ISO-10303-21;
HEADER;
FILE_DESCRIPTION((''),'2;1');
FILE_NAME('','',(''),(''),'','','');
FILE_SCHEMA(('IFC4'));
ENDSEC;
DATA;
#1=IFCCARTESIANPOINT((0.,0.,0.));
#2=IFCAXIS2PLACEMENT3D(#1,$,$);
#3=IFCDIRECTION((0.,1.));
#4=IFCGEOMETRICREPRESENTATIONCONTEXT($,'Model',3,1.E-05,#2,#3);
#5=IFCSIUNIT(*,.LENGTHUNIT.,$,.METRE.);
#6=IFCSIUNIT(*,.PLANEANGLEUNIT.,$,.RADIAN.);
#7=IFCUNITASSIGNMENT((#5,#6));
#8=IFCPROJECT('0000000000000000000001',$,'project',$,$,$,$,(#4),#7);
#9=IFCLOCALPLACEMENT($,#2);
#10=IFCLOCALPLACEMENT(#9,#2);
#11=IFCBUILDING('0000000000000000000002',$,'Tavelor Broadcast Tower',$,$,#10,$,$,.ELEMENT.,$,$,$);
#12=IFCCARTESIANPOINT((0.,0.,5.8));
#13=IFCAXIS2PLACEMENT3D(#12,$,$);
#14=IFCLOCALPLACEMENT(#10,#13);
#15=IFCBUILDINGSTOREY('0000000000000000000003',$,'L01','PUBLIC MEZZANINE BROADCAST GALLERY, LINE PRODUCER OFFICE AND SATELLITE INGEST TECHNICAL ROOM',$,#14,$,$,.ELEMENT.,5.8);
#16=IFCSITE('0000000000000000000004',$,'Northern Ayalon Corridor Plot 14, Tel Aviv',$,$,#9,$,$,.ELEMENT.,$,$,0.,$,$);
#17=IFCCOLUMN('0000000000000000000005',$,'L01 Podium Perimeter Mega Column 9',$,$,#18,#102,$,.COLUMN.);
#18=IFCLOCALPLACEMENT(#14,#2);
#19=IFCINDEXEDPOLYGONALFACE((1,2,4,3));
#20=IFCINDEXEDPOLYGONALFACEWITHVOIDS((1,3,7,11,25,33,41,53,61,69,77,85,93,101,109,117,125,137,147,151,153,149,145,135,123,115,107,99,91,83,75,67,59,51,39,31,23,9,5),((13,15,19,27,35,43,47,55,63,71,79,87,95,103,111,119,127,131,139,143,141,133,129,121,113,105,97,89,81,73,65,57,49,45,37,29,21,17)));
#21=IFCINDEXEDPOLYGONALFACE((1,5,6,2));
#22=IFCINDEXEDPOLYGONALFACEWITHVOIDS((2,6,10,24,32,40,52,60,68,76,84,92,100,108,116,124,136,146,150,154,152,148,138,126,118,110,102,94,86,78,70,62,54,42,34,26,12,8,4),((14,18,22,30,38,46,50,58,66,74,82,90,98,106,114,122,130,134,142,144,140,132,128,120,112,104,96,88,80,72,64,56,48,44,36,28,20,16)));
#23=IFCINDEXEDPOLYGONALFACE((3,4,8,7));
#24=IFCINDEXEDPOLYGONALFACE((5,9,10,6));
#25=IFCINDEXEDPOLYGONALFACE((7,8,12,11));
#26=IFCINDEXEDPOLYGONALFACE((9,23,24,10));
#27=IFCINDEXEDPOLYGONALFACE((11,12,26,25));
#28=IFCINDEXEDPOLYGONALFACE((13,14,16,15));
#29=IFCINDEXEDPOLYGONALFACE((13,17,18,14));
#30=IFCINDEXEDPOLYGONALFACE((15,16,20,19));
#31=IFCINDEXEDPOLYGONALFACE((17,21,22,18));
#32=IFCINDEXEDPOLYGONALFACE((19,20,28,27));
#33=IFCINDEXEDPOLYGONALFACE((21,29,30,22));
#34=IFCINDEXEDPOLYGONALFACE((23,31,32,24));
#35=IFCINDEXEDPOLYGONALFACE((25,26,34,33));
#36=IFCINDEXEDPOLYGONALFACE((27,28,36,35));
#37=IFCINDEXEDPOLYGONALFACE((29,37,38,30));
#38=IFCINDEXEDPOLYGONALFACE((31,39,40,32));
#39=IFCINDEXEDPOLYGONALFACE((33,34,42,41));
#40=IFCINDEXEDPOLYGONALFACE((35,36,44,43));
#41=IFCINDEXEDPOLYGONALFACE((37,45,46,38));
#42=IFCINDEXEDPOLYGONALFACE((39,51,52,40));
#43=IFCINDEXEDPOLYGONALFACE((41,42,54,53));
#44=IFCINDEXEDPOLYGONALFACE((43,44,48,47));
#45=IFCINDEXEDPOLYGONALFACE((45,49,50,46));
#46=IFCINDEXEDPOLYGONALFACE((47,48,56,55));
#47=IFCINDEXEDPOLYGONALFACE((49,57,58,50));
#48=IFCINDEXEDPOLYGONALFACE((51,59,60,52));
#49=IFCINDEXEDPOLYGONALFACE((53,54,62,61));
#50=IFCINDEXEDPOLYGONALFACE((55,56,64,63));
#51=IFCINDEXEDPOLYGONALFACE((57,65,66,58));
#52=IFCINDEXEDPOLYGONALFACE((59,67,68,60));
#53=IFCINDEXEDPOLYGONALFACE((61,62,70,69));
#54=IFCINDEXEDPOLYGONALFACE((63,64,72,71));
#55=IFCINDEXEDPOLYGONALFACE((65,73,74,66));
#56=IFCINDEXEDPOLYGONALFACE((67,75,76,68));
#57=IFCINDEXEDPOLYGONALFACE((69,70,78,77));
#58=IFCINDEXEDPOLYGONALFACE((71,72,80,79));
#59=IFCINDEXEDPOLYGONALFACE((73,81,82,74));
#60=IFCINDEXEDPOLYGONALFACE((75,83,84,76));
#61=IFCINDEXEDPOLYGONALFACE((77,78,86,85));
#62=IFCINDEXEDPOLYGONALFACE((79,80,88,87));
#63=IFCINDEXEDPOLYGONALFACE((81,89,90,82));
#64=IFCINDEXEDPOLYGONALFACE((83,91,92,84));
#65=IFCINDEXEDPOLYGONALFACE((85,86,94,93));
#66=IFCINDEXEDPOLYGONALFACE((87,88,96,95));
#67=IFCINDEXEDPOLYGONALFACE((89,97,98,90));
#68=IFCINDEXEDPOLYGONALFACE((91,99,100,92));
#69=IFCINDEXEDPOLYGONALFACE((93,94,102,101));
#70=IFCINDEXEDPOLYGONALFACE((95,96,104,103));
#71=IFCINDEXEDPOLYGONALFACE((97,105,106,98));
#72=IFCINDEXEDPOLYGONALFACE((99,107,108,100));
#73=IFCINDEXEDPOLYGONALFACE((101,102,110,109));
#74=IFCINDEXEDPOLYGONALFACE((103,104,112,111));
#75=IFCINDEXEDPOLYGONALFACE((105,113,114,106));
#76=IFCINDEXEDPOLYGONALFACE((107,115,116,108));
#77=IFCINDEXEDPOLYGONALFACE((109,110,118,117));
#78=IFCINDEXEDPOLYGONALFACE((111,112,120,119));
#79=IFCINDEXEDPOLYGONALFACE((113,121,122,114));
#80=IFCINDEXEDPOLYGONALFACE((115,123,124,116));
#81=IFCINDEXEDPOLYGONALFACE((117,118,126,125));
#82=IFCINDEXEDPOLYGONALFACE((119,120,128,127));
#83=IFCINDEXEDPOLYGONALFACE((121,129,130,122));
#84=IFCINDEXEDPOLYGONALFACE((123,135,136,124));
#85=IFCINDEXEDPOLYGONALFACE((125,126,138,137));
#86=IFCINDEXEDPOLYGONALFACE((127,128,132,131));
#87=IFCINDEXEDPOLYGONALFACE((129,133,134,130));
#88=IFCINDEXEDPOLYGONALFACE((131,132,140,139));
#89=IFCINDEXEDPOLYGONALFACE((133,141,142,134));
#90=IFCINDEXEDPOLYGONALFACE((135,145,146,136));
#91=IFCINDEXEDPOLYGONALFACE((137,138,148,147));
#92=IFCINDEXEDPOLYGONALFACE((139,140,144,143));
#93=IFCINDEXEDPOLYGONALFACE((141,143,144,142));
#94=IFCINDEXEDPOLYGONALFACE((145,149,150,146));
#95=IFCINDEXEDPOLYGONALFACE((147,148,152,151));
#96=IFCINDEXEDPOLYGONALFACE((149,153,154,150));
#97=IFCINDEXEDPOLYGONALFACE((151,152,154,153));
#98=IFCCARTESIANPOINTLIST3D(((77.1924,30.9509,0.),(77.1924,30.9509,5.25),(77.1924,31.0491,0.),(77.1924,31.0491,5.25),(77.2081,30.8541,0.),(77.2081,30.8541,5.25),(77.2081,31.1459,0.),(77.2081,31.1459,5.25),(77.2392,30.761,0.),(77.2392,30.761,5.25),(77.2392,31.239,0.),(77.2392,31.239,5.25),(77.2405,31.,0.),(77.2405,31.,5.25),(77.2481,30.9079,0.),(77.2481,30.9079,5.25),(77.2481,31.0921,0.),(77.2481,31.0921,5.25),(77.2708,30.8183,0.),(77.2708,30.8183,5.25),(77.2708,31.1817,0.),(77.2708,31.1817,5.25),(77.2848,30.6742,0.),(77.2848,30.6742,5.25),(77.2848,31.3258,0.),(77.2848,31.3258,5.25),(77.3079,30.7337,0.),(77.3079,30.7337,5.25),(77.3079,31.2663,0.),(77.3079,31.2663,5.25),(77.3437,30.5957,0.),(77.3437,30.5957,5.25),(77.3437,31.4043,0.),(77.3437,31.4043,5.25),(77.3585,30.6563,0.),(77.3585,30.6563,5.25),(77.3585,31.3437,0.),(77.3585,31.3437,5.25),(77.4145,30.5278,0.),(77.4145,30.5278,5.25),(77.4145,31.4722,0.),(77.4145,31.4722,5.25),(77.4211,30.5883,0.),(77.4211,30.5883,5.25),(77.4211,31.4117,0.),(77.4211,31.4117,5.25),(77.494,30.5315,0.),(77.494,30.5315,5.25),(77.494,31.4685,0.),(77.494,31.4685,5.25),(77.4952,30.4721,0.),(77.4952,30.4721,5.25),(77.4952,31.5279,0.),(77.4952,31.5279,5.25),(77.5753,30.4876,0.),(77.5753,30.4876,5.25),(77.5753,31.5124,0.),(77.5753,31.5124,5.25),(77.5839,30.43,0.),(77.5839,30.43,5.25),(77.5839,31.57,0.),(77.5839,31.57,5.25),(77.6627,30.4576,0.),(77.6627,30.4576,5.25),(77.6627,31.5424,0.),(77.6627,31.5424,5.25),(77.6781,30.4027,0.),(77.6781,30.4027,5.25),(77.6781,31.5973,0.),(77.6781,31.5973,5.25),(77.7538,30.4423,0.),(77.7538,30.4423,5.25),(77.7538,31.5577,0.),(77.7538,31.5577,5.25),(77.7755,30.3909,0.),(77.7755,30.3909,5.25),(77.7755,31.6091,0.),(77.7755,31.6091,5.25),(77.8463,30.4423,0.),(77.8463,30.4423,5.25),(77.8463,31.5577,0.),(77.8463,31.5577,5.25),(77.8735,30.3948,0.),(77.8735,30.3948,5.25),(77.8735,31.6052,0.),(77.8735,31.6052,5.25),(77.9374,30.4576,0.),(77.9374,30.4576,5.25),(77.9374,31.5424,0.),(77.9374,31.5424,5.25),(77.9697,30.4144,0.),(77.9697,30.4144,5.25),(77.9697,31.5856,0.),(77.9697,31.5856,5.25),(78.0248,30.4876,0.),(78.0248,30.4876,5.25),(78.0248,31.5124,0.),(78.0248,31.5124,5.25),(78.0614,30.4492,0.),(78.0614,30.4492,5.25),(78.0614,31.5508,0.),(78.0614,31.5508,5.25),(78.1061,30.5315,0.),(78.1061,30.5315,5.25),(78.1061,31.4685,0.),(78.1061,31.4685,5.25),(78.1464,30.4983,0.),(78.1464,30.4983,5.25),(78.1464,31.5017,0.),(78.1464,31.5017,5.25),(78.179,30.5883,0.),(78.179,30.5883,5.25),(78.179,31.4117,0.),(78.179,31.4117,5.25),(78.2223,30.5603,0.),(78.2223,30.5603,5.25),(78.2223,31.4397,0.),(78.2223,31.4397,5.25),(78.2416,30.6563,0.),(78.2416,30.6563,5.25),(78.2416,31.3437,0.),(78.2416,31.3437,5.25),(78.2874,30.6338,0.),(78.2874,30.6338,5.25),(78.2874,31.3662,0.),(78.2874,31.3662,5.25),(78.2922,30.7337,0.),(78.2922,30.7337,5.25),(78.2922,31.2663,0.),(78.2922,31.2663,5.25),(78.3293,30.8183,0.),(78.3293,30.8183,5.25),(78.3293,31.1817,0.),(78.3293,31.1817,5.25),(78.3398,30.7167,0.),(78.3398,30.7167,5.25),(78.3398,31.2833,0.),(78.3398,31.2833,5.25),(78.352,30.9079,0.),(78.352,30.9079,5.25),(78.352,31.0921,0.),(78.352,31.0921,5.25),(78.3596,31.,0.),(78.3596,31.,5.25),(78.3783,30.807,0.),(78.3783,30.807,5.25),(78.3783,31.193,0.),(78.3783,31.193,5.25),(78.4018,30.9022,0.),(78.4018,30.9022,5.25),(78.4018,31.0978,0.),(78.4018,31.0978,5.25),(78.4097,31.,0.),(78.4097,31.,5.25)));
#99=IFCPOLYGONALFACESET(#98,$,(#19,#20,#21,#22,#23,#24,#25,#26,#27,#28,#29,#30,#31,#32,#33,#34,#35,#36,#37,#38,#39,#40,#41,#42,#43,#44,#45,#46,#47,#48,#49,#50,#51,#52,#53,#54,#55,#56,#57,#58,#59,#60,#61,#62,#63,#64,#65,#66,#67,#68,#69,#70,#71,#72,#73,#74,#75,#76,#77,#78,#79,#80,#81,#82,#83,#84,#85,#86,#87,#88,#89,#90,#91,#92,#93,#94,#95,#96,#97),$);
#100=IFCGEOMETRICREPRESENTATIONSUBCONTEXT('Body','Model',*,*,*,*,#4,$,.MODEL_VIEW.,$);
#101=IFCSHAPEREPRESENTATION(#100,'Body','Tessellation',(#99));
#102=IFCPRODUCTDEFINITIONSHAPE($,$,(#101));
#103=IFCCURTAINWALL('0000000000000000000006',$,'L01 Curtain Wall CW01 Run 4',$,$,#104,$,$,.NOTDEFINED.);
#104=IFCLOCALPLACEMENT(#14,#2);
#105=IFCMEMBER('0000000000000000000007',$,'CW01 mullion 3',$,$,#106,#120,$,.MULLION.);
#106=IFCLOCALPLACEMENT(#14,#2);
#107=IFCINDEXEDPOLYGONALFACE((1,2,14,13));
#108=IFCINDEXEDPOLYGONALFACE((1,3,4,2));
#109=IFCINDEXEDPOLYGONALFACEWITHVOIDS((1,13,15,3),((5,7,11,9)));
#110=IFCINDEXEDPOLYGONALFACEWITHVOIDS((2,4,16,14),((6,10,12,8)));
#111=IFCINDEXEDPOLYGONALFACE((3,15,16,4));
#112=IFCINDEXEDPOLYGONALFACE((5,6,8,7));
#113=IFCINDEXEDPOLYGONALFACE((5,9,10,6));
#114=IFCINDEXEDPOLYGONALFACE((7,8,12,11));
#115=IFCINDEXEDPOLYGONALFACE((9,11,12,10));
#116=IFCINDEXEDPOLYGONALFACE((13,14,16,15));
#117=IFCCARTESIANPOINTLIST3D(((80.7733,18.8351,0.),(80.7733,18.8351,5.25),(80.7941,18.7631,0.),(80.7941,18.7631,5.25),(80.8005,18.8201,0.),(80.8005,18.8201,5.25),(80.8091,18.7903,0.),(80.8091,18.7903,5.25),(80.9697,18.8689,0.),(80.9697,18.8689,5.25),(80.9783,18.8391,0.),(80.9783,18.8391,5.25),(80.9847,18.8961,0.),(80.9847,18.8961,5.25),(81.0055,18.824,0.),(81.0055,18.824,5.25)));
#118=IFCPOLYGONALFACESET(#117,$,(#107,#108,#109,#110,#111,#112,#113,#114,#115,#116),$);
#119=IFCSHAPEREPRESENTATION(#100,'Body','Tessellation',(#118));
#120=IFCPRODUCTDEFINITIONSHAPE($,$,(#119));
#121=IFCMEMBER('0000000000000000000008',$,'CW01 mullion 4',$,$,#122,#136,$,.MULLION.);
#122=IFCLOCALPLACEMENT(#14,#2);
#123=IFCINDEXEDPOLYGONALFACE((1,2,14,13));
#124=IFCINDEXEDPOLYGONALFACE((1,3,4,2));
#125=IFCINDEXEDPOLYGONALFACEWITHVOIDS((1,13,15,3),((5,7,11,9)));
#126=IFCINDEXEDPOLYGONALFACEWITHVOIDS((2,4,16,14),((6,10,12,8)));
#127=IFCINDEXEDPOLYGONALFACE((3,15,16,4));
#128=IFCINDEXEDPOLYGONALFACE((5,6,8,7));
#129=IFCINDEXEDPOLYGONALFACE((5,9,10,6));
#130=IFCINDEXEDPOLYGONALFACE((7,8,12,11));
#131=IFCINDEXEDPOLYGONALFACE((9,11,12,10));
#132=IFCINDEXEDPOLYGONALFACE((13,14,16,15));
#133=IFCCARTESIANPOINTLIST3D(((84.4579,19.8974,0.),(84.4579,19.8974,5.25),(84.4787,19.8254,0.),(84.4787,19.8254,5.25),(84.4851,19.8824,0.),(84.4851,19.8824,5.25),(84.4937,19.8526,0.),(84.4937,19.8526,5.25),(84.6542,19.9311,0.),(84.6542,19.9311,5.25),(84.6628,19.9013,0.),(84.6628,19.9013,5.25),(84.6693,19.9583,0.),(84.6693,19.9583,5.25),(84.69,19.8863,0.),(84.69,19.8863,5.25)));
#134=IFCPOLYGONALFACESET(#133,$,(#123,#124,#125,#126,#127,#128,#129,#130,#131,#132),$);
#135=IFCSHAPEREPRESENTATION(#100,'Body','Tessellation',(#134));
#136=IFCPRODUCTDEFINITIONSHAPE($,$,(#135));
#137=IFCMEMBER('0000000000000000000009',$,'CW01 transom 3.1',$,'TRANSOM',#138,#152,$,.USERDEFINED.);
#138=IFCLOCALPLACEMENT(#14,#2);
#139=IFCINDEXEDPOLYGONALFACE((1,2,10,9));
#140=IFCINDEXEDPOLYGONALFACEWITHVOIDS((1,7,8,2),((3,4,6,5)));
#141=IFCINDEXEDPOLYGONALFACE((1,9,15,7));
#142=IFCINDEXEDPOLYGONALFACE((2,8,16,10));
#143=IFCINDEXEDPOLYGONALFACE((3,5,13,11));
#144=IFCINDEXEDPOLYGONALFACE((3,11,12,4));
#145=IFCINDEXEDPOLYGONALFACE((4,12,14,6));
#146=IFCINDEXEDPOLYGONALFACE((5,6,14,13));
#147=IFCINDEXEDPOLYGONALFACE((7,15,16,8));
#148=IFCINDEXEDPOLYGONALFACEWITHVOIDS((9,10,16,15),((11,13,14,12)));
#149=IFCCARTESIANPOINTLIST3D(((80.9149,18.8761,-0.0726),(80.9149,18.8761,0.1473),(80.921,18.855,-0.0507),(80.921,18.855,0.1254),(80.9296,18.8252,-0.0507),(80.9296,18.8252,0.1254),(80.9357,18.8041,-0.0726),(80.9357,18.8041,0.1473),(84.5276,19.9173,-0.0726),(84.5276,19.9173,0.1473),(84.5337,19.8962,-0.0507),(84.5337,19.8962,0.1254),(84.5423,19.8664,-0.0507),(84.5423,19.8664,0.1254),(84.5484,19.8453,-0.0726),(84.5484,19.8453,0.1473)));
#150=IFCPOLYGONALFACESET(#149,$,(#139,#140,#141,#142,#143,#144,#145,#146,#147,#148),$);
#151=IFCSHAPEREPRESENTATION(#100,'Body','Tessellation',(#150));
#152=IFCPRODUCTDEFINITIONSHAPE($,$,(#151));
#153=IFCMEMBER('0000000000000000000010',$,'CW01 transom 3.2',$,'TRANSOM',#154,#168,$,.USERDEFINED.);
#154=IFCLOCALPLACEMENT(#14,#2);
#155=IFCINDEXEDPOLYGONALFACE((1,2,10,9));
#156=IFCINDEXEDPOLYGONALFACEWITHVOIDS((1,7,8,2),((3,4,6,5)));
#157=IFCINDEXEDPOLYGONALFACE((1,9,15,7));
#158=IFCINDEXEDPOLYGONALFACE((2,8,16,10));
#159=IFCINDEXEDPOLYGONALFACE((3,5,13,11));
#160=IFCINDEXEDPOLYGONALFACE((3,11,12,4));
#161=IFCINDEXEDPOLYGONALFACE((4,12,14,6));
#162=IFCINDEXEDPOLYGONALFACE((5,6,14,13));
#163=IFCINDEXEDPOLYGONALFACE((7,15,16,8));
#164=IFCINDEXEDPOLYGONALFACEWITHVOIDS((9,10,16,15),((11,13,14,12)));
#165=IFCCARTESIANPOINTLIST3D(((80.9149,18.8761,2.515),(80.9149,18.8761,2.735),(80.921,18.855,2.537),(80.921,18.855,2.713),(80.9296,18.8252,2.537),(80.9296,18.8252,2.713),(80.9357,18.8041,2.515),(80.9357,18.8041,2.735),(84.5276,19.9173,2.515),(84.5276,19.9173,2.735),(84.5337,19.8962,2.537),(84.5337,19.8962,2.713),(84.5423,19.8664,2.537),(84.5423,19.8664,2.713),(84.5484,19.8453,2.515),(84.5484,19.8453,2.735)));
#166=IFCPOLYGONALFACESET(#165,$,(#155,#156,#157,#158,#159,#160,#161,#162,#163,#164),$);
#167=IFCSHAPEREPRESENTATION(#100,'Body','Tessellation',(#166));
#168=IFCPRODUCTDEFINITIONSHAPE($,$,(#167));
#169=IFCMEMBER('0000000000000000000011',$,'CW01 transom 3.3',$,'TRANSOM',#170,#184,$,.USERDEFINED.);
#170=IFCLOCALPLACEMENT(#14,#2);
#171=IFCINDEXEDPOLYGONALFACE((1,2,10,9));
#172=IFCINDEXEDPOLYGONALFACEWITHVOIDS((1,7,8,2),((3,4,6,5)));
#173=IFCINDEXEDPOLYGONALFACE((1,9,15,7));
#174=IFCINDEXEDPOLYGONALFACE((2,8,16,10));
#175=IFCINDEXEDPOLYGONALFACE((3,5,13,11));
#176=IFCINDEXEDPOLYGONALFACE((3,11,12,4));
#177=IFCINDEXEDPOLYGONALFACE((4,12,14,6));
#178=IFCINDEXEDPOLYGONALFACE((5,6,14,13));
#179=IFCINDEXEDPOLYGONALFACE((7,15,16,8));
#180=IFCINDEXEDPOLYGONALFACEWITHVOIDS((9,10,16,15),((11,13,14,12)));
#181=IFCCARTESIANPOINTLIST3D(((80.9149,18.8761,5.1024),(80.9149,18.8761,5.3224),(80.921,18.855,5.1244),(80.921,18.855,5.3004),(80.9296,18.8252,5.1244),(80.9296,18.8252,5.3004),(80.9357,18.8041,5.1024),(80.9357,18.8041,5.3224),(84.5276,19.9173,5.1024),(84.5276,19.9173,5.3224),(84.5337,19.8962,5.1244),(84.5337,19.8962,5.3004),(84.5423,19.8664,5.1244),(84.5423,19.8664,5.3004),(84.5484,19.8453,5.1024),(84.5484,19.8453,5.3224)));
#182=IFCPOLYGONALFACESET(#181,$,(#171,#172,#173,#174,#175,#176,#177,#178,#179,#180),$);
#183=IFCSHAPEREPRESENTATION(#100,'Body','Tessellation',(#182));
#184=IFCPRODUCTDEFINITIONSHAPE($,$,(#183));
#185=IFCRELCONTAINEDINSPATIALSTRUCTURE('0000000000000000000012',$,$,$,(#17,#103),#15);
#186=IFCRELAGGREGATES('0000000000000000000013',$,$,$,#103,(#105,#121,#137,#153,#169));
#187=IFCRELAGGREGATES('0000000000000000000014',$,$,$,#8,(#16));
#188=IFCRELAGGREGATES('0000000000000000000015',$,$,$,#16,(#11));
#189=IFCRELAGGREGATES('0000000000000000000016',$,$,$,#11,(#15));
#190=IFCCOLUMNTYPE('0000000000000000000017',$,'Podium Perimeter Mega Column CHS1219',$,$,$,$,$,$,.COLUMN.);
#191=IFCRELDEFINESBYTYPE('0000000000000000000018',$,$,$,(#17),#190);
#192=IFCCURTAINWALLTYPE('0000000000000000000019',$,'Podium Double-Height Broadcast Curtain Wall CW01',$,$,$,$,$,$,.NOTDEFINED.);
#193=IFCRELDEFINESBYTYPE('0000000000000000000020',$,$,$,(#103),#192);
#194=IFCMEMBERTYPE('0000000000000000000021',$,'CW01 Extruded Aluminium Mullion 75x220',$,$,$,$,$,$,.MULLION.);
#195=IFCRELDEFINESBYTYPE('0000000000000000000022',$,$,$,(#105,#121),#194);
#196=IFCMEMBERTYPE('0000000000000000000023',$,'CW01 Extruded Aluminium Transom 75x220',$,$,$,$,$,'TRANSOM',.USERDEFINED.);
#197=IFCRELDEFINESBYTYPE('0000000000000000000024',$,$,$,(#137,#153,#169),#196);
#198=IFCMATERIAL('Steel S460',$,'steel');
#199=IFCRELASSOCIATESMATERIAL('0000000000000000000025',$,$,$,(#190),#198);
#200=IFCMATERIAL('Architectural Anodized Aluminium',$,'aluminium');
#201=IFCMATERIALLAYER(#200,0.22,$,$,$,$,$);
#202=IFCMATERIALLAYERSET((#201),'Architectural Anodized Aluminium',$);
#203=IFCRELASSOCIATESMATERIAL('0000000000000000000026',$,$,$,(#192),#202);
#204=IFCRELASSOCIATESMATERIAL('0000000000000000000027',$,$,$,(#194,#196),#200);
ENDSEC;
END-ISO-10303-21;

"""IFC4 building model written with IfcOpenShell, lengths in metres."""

from ifc_helpers import new_model, si_unit, direction, frame, origin, origin_2d, place, context, subcontext, project, spatial, hollow_rectangle, hollow_circle, extrude, source, transform, mapped, material, layer, layer_set, material_profile, profile_set, type_object, type_shapes, element, aggregate, save


model = new_model("IFC4")

# Units and contexts
model_context = context("Model", 3, precision=1e-05, world=origin(), true_north=direction((0.0, 1.0)))
body_context = subcontext(model_context, "Body", "Model", "MODEL_VIEW")
ifc_project = project(units=[si_unit("LENGTHUNIT", "METRE"), si_unit("PLANEANGLEUNIT", "RADIAN")], contexts=[model_context])

# Site, building, storey
site_placement = place(None, origin())
site = spatial("IfcSite", under=ifc_project, at=site_placement, Name="Northern Ayalon Corridor Plot 14, Tel Aviv", CompositionType="ELEMENT", RefElevation=0.0)
building_placement = place(site_placement, origin())
building = spatial("IfcBuilding", under=site, at=building_placement, Name="Tavelor Broadcast Tower", CompositionType="ELEMENT")
storey_placement = place(building_placement, frame((0.0, 0.0, 5.8)))
storey = spatial("IfcBuildingStorey", under=building, at=storey_placement, Name="L01", Description="PUBLIC MEZZANINE BROADCAST GALLERY, LINE PRODUCER OFFICE AND SATELLITE INGEST TECHNICAL ROOM", CompositionType="ELEMENT", Elevation=5.8)

# Column
ifc_material_1 = material(Name="Steel S460", Category="steel")
ifc_material_profile_1 = material_profile(ifc_material_1, hollow_circle(Radius=0.6096, WallThickness=0.05, at=origin_2d()), Name="CHS 1219x50")
ifc_profile_set_1 = profile_set([ifc_material_profile_1], Name="Steel S460")
column_type = type_object("IfcColumnType", Name="Podium Perimeter Mega Column CHS1219", PredefinedType="COLUMN", material=ifc_profile_set_1)
column_placement = place(storey_placement, frame((77.8, 31.0, 0.0), z_axis=(0.0, 0.0, 1.0), x_axis=(1.0, 0.0, 0.0)))
element("IfcColumn", 1, at=column_placement, inside=storey, type_object=column_type, Name="L01 Podium Perimeter Mega Column 9", PredefinedType="COLUMN", context=body_context, shape_type="SweptSolid", body=[
    extrude(hollow_circle(Radius=0.6096, WallThickness=0.05, at=origin_2d()), origin(), (0.0, 0.0, 1.0), 5.25),
])

# Curtain wall, members
ifc_material_2 = material(Name="Architectural Anodized Aluminium", Category="aluminium")
ifc_layer_1 = layer(ifc_material_2, 0.22)
ifc_layer_set_1 = layer_set([ifc_layer_1], Name="Architectural Anodized Aluminium")
curtain_wall_type = type_object("IfcCurtainWallType", Name="Podium Double-Height Broadcast Curtain Wall CW01", PredefinedType="NOTDEFINED", material=ifc_layer_set_1)
curtain_wall_placement = place(storey_placement, origin())
curtain_wall = element("IfcCurtainWall", 2, at=curtain_wall_placement, inside=storey, type_object=curtain_wall_type, Name="L01 Curtain Wall CW01 Run 4", PredefinedType="NOTDEFINED")
ifc_material_profile_2 = material_profile(ifc_material_2, hollow_rectangle(XDim=0.075, YDim=0.22, WallThickness=0.022, at=origin_2d()), Name="RHS 75x220x22")
ifc_profile_set_2 = profile_set([ifc_material_profile_2], Name="Architectural Anodized Aluminium")
member_type_1 = type_object("IfcMemberType", Name="CW01 Extruded Aluminium Mullion 75x220", PredefinedType="MULLION", material=ifc_profile_set_2)
shared_shape_1 = source(origin(), body_context, "Body", "SweptSolid", [
    extrude(hollow_rectangle(XDim=0.075, YDim=0.22, WallThickness=0.022, at=origin_2d()), origin(), (0.0, 0.0, 1.0), 5.25),
])
type_shapes(member_type_1, [shared_shape_1])
member_1_placement = place(storey_placement, frame((80.8894, 18.8296, 0.0), z_axis=(0.0, 0.0, 1.0), x_axis=(-0.276981, 0.960876, 0.0)))
member_1 = element("IfcMember", 3, at=member_1_placement, type_object=member_type_1, Name="CW01 mullion 3", PredefinedType="MULLION", context=body_context, shape_type="MappedRepresentation", body=[
    mapped(shared_shape_1, transform((0.0, 0.0, 0.0), scale=1.0)),
])
member_2_placement = place(storey_placement, frame((84.574, 19.8918, 0.0), z_axis=(0.0, 0.0, 1.0), x_axis=(-0.276981, 0.960876, 0.0)))
member_2 = element("IfcMember", 4, at=member_2_placement, type_object=member_type_1, Name="CW01 mullion 4", PredefinedType="MULLION", context=body_context, shape_type="MappedRepresentation", body=[
    mapped(shared_shape_1, transform((0.0, 0.0, 0.0), scale=1.0)),
])
ifc_material_profile_3 = material_profile(ifc_material_2, hollow_rectangle(XDim=0.075, YDim=0.22, WallThickness=0.022, at=origin_2d()), Name="RHS 75x220x22")
ifc_profile_set_3 = profile_set([ifc_material_profile_3], Name="Architectural Anodized Aluminium")
member_type_2 = type_object("IfcMemberType", Name="CW01 Extruded Aluminium Transom 75x220", ElementType="TRANSOM", PredefinedType="USERDEFINED", material=ifc_profile_set_3)
shared_shape_2 = source(origin(), body_context, "Body", "SweptSolid", [
    extrude(hollow_rectangle(XDim=0.075, YDim=0.22, WallThickness=0.022, at=origin_2d()), origin(), (0.0, 0.0, 1.0), 3.7598),
])
type_shapes(member_type_2, [shared_shape_2])
member_3_placement = place(storey_placement, frame((80.9253, 18.8401, 0.0374), z_axis=(0.960887, 0.276942, 0.0), x_axis=(-0.276942, 0.960887, 0.0)))
member_3 = element("IfcMember", 5, at=member_3_placement, type_object=member_type_2, Name="CW01 transom 3.1", ObjectType="TRANSOM", PredefinedType="USERDEFINED", context=body_context, shape_type="MappedRepresentation", body=[
    mapped(shared_shape_2, transform((0.0, 0.0, 0.0), scale=1.0)),
])
member_4_placement = place(storey_placement, frame((80.9253, 18.8401, 2.625), z_axis=(0.960887, 0.276942, 0.0), x_axis=(-0.276942, 0.960887, 0.0)))
member_4 = element("IfcMember", 6, at=member_4_placement, type_object=member_type_2, Name="CW01 transom 3.2", ObjectType="TRANSOM", PredefinedType="USERDEFINED", context=body_context, shape_type="MappedRepresentation", body=[
    mapped(shared_shape_2, transform((0.0, 0.0, 0.0), scale=1.0)),
])
member_5_placement = place(storey_placement, frame((80.9253, 18.8401, 5.2124), z_axis=(0.960887, 0.276942, 0.0), x_axis=(-0.276942, 0.960887, 0.0)))
member_5 = element("IfcMember", 7, at=member_5_placement, type_object=member_type_2, Name="CW01 transom 3.3", ObjectType="TRANSOM", PredefinedType="USERDEFINED", context=body_context, shape_type="MappedRepresentation", body=[
    mapped(shared_shape_2, transform((0.0, 0.0, 0.0), scale=1.0)),
])

aggregate(curtain_wall, [member_1, member_2, member_3, member_4, member_5])

save(model, "model.ifc")
